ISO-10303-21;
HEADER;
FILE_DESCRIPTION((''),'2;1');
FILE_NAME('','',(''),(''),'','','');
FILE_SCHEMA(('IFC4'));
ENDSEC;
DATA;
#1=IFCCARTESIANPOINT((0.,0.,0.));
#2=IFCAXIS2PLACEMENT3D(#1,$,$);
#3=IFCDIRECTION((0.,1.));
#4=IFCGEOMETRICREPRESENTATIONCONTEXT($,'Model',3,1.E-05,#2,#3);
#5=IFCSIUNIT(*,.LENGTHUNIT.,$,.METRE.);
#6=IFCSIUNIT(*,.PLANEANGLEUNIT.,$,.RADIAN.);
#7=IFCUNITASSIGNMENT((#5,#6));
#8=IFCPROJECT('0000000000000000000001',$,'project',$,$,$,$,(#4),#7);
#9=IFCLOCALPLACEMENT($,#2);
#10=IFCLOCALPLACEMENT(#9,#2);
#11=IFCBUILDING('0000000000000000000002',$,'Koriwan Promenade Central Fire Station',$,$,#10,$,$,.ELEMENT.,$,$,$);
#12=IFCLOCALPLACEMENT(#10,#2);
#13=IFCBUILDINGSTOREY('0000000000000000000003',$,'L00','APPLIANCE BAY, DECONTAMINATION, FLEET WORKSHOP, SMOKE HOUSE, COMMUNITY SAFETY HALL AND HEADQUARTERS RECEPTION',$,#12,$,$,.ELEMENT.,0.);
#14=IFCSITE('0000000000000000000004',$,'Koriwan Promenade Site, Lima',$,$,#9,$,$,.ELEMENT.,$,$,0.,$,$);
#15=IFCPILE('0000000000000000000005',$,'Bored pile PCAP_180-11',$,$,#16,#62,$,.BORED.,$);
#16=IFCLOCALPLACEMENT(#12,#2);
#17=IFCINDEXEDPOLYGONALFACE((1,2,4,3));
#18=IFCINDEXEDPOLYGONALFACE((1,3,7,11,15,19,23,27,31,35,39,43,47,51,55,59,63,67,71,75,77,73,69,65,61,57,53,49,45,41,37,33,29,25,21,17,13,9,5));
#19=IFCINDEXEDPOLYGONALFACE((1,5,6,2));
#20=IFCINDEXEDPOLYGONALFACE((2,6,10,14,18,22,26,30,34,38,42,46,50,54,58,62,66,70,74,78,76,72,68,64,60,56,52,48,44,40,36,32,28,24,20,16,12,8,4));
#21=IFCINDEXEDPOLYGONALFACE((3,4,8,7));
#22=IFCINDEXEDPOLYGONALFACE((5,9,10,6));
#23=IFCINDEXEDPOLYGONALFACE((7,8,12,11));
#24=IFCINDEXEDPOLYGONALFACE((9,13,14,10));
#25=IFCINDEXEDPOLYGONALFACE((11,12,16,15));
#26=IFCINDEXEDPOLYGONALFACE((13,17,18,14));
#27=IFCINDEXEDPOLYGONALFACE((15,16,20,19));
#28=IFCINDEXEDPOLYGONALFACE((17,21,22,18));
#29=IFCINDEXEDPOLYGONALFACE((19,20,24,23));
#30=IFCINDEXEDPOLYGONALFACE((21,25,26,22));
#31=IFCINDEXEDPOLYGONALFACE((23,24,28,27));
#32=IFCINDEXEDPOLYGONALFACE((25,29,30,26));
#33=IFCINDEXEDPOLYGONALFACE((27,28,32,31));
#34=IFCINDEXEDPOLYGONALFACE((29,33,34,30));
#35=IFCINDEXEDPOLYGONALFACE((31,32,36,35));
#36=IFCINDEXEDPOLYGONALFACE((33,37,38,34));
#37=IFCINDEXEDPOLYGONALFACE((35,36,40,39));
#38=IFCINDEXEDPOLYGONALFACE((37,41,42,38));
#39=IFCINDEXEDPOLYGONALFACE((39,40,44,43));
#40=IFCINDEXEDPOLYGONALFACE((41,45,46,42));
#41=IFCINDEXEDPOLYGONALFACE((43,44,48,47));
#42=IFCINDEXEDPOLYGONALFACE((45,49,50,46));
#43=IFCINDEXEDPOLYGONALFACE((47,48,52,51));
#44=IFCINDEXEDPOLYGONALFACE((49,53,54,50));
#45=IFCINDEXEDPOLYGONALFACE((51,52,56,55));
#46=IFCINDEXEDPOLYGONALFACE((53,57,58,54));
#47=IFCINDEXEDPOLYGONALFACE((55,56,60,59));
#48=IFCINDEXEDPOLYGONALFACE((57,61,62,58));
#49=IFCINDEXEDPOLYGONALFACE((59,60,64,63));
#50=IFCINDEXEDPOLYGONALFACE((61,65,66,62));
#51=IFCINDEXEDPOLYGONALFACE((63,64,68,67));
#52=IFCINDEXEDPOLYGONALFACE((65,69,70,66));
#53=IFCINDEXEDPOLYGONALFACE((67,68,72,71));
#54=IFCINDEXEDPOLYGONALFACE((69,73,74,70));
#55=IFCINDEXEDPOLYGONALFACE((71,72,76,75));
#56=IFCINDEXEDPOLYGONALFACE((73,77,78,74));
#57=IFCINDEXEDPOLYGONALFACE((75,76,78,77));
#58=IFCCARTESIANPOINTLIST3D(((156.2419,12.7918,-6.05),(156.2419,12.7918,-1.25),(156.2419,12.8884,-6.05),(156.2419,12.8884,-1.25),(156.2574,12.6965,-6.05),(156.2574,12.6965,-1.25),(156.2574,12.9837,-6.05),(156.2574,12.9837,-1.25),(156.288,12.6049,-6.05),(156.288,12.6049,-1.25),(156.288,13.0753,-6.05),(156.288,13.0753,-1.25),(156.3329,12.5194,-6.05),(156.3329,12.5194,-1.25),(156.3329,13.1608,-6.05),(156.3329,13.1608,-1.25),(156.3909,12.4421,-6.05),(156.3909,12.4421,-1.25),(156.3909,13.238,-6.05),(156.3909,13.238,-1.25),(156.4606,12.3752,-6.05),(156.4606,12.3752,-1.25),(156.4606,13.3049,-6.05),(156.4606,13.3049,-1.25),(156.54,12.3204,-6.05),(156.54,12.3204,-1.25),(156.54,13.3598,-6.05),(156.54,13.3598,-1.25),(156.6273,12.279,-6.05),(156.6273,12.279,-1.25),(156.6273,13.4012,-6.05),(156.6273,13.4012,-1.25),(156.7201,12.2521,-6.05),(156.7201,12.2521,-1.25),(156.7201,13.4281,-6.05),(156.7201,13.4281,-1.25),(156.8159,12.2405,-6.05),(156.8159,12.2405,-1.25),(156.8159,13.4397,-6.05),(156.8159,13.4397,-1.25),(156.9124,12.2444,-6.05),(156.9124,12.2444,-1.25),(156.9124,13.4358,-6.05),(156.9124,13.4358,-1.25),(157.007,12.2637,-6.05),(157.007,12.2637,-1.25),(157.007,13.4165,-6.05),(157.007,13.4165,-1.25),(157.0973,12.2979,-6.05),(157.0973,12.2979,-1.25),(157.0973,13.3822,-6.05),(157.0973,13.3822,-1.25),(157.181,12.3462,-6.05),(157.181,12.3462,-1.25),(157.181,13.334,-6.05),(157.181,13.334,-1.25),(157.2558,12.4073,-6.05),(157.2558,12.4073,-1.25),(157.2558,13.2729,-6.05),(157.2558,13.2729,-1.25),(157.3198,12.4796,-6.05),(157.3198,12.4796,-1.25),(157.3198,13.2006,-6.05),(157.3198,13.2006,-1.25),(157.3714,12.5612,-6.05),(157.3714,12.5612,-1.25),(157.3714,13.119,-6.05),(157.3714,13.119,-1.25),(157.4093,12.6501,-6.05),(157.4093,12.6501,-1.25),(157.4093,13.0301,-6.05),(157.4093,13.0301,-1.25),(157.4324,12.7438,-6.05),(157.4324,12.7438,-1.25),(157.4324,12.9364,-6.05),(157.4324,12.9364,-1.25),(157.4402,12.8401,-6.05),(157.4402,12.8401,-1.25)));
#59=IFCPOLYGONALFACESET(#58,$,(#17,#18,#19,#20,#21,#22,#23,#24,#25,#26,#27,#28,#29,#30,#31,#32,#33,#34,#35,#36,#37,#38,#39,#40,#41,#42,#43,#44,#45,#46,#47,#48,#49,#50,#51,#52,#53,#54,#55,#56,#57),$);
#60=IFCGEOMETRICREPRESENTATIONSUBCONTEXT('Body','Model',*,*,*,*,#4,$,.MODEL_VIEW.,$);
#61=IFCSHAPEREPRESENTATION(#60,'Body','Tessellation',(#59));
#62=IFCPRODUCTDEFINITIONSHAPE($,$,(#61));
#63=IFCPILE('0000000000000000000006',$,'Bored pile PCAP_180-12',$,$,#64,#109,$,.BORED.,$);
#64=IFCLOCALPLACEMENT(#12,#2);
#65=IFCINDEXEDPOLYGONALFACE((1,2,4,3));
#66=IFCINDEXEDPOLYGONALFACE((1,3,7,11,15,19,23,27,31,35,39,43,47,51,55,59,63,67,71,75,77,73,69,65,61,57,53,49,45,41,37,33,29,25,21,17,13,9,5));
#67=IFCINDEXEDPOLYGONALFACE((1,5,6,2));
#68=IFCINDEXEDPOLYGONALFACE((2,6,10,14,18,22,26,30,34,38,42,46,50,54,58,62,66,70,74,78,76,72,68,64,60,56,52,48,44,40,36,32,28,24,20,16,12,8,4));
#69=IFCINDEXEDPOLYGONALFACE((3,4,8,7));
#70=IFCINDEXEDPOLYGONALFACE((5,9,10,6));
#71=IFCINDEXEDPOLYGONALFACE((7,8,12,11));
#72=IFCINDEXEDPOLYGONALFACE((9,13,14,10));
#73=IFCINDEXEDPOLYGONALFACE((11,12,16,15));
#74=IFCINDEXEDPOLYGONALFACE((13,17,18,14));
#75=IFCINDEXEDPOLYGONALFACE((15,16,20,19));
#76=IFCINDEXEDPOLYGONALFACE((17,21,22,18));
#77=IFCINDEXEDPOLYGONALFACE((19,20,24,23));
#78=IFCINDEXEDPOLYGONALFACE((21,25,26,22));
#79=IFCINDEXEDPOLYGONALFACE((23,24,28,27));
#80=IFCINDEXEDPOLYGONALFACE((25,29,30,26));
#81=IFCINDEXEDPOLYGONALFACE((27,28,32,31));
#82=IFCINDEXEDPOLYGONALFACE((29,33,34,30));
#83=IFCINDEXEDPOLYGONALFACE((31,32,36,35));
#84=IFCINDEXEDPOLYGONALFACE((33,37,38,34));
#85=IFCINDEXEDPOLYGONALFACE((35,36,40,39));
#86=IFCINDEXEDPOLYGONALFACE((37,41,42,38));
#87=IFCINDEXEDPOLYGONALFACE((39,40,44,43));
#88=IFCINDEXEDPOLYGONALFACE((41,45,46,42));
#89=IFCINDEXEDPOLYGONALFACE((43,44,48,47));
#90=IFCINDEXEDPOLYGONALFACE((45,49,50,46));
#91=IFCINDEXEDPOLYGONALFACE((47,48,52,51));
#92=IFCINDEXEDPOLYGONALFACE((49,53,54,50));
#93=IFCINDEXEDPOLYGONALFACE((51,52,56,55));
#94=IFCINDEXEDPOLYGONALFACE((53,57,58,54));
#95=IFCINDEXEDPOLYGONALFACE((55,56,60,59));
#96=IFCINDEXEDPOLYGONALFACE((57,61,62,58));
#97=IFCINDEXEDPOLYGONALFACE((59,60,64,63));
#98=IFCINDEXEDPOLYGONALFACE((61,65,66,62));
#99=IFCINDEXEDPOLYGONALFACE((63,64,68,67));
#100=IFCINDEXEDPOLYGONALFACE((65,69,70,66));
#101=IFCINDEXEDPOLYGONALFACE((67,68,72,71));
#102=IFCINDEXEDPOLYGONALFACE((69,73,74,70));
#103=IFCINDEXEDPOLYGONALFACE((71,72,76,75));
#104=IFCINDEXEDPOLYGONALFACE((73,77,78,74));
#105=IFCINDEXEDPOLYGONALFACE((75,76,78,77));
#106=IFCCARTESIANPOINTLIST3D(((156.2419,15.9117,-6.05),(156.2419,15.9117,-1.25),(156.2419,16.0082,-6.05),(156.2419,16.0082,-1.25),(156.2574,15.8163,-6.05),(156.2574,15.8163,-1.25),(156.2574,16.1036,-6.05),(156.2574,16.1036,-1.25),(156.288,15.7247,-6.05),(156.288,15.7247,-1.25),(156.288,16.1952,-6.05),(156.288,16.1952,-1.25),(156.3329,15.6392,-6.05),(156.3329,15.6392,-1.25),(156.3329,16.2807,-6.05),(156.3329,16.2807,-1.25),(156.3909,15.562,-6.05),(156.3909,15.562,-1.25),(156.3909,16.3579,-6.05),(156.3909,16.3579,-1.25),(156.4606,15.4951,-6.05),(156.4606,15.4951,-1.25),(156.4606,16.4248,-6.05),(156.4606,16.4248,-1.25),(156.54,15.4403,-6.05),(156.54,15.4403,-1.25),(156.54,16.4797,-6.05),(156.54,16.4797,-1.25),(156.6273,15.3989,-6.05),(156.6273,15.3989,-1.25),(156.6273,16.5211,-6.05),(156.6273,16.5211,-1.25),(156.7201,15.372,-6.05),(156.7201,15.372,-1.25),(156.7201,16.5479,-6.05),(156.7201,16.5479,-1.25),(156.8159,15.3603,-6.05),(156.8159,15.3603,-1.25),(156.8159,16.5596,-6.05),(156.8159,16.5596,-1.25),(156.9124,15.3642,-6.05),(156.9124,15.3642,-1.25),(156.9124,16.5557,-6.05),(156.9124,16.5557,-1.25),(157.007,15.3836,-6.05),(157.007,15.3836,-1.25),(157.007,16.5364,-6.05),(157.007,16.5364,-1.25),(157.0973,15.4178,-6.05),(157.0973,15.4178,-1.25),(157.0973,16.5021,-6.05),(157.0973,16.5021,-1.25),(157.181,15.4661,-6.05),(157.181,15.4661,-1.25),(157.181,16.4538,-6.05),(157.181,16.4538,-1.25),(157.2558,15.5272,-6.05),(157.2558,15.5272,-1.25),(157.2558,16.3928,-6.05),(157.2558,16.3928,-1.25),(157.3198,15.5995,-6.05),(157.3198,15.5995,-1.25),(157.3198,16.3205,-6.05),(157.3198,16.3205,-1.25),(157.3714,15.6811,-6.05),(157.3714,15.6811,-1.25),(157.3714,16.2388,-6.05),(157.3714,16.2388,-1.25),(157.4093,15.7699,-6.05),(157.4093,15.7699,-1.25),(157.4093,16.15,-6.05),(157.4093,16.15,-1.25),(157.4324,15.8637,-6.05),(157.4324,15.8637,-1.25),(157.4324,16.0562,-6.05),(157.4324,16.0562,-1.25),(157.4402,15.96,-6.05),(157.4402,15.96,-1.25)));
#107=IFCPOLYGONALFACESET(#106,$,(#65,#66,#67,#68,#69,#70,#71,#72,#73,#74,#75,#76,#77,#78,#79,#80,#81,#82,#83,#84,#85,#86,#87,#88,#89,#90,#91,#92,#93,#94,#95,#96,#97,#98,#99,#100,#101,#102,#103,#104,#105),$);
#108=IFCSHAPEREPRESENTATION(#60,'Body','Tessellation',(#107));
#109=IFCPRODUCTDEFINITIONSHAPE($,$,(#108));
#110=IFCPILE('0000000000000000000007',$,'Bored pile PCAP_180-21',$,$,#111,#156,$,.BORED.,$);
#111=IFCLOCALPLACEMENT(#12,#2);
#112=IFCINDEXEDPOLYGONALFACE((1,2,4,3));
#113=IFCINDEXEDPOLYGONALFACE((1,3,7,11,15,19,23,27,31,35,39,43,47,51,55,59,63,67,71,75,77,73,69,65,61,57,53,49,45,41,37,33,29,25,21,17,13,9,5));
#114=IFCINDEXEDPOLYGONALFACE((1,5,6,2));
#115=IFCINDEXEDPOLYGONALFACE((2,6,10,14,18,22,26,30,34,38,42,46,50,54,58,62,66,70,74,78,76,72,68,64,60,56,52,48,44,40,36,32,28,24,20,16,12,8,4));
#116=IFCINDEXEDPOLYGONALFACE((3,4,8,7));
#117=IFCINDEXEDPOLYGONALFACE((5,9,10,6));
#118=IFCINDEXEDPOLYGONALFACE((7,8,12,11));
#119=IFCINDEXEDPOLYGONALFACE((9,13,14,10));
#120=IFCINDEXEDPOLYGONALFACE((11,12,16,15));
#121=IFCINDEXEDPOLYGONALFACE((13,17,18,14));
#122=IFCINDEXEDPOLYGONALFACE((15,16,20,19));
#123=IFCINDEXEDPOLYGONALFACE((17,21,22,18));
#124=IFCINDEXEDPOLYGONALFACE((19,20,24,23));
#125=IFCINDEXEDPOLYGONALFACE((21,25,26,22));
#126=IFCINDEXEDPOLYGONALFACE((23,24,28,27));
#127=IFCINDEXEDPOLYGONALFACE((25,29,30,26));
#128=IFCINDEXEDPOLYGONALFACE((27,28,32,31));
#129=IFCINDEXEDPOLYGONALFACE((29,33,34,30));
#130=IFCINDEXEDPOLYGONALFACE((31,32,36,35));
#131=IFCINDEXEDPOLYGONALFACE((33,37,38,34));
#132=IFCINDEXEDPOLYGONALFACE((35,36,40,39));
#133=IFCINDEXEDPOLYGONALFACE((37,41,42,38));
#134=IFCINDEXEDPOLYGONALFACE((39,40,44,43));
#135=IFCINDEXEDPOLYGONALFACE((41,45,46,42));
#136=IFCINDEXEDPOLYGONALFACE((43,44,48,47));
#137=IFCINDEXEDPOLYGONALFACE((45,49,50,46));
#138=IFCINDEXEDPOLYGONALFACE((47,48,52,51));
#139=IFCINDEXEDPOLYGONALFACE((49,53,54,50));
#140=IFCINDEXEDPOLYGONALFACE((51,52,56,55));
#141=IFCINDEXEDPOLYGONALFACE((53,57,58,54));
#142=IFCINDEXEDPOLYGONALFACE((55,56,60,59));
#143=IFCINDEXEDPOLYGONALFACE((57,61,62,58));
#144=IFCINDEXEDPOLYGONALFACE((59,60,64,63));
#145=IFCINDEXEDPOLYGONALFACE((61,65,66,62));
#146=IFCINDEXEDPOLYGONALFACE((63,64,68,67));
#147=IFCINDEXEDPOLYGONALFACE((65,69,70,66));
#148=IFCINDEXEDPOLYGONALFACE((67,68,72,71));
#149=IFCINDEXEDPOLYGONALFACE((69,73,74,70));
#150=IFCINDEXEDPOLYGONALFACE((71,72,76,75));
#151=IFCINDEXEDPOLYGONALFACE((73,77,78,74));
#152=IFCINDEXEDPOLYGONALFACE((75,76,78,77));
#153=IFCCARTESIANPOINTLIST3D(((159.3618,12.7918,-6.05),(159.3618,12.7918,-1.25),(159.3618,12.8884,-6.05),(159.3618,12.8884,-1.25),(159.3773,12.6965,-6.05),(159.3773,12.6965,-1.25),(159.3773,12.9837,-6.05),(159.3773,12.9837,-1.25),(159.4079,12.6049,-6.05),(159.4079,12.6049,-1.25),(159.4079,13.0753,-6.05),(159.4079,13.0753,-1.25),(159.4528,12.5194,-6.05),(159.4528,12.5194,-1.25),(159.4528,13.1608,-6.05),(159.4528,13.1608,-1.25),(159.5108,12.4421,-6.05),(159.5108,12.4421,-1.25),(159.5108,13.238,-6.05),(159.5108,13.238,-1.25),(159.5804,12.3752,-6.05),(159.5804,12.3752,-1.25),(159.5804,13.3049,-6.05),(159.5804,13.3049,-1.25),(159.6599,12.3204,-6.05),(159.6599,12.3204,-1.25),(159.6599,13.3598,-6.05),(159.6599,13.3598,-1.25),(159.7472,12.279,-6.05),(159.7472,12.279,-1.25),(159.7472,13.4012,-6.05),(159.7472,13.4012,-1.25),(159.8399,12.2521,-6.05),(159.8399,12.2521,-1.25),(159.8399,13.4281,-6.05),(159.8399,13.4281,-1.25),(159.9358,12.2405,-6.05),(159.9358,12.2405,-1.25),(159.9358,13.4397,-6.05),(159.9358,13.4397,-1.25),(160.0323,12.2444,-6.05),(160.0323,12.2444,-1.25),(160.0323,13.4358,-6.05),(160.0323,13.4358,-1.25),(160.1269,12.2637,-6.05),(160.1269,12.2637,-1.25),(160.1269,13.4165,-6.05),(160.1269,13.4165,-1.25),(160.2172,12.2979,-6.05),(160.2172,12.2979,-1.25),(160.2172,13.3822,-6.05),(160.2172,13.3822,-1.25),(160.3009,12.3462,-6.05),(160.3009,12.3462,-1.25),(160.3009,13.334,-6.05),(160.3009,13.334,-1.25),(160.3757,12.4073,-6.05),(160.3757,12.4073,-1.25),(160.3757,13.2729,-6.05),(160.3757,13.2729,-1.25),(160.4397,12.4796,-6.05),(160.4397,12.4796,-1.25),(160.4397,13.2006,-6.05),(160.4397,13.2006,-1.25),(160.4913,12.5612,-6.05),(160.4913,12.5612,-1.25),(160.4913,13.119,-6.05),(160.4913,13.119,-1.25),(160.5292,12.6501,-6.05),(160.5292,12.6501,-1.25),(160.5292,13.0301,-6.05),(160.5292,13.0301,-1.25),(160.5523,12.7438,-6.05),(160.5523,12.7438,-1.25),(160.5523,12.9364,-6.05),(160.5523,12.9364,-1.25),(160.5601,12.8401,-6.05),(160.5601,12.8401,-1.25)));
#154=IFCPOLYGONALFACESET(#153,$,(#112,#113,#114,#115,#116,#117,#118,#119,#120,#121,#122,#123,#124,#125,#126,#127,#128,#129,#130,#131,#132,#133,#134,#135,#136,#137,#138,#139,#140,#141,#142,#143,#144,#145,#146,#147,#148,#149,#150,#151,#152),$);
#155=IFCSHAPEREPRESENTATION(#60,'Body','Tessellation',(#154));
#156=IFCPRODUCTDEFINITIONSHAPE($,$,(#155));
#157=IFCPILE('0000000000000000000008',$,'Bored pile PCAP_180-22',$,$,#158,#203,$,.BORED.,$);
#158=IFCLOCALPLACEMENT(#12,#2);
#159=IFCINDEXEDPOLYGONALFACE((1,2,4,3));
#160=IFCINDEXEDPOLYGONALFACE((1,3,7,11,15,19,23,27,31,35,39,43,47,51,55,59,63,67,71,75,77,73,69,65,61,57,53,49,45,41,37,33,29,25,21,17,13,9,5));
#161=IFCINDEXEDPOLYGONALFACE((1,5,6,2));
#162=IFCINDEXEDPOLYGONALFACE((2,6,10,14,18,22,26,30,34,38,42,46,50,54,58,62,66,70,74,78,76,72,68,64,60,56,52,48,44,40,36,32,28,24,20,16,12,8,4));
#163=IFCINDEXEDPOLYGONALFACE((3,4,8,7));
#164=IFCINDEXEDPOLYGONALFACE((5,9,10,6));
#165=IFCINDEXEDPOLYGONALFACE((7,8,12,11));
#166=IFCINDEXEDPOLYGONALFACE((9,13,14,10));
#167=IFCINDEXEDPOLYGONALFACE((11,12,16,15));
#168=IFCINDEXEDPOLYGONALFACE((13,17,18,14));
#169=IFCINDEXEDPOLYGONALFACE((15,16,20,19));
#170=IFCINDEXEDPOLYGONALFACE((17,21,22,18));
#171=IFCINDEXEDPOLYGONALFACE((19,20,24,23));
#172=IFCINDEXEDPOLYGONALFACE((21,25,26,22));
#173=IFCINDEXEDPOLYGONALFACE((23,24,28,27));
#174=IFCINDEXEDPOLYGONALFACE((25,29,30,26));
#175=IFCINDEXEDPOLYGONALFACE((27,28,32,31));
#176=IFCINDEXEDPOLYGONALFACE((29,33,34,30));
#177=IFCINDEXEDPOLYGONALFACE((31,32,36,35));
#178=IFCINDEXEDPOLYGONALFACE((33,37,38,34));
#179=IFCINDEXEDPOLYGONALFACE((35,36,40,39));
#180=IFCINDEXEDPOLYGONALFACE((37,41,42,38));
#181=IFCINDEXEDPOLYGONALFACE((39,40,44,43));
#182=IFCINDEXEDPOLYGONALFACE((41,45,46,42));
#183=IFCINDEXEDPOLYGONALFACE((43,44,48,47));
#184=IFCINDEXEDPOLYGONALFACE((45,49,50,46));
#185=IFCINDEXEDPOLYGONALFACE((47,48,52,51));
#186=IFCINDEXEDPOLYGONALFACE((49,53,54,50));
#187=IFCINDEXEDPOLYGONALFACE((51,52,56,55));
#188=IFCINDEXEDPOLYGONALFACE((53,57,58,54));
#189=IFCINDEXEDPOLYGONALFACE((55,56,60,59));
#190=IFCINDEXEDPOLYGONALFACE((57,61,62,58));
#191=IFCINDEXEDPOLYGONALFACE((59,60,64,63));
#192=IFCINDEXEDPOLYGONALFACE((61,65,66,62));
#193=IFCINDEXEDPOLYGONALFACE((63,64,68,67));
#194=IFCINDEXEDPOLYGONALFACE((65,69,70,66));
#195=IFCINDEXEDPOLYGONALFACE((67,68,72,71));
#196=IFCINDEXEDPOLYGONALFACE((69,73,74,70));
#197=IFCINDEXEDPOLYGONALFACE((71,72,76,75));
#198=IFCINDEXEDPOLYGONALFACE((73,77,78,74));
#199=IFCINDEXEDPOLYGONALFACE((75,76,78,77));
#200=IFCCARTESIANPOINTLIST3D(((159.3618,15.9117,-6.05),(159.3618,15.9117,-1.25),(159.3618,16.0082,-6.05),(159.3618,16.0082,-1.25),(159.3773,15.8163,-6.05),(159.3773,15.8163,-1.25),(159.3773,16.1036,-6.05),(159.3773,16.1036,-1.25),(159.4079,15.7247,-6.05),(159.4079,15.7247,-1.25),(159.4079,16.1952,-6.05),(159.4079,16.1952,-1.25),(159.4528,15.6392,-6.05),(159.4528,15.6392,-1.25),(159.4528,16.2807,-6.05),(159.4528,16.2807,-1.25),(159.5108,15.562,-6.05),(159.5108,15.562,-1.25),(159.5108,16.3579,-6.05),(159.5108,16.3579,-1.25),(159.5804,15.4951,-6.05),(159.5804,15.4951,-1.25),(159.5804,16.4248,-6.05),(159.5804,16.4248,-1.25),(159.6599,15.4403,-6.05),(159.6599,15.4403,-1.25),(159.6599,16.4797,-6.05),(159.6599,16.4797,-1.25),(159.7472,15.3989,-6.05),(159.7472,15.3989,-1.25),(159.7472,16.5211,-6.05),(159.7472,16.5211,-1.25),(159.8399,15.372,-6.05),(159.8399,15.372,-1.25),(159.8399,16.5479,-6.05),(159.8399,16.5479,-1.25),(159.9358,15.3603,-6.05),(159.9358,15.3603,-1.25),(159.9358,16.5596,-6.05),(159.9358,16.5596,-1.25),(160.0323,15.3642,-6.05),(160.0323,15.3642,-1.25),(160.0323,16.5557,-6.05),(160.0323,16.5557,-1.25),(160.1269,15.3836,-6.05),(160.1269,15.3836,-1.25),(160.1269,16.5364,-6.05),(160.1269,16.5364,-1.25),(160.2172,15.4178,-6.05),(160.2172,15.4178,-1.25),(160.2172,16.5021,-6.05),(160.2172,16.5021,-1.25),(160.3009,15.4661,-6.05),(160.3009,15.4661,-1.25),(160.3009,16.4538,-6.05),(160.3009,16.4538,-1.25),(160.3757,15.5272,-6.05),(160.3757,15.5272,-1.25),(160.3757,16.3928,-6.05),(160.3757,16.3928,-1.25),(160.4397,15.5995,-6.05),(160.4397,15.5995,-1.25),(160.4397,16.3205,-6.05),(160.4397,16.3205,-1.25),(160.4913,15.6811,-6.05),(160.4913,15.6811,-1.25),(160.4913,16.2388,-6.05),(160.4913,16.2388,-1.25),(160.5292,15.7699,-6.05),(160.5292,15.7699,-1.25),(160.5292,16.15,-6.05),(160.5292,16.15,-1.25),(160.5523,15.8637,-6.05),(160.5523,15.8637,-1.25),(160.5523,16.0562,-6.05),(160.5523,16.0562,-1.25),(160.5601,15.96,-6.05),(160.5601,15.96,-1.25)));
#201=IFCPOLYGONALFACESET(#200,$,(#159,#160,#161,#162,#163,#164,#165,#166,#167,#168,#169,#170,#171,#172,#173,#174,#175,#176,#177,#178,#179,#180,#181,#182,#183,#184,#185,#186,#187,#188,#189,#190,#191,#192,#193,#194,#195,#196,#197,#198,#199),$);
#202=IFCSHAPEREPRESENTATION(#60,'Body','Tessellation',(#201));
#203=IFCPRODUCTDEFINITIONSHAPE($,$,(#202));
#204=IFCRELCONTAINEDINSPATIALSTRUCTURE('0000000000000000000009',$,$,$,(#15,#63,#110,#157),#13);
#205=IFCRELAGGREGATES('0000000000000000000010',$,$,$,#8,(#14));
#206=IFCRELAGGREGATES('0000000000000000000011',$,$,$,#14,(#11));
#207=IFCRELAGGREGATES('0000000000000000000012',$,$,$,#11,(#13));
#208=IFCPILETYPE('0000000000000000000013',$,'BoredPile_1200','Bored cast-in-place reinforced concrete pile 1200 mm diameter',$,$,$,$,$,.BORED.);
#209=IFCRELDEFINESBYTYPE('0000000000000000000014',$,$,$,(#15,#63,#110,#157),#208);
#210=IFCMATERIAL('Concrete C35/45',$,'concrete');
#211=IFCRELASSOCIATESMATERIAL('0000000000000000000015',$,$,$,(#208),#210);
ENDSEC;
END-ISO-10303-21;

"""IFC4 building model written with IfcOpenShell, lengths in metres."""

from ifc_helpers import new_model, si_unit, direction, frame, origin, origin_2d, place, context, subcontext, project, spatial, circle, extrude, material, material_profile, profile_set, type_object, element, save


model = new_model("IFC4")

# Units and contexts
model_context = context("Model", 3, precision=1e-05, world=origin(), true_north=direction((0.0, 1.0)))
body_context = subcontext(model_context, "Body", "Model", "MODEL_VIEW")
ifc_project = project(units=[si_unit("LENGTHUNIT", "METRE"), si_unit("PLANEANGLEUNIT", "RADIAN")], contexts=[model_context])

# Site, building, storey
site_placement = place(None, origin())
site = spatial("IfcSite", under=ifc_project, at=site_placement, Name="Koriwan Promenade Site, Lima", CompositionType="ELEMENT", RefElevation=0.0)
building_placement = place(site_placement, origin())
building = spatial("IfcBuilding", under=site, at=building_placement, Name="Koriwan Promenade Central Fire Station", CompositionType="ELEMENT")
storey_placement = place(building_placement, origin())
storey = spatial("IfcBuildingStorey", under=building, at=storey_placement, Name="L00", Description="APPLIANCE BAY, DECONTAMINATION, FLEET WORKSHOP, SMOKE HOUSE, COMMUNITY SAFETY HALL AND HEADQUARTERS RECEPTION", CompositionType="ELEMENT", Elevation=0.0)

# Piles
ifc_material_1 = material(Name="Concrete C35/45", Category="concrete")
ifc_material_profile_1 = material_profile(ifc_material_1, circle(Radius=0.6001, at=origin_2d()), Name="PILE-D1200")
ifc_profile_set_1 = profile_set([ifc_material_profile_1], Name="Concrete C35/45")
pile_type = type_object("IfcPileType", Name="BoredPile_1200", Description="Bored cast-in-place reinforced concrete pile 1200 mm diameter", PredefinedType="BORED", material=ifc_profile_set_1)
for number, where, z_axis, x_axis, name in (
    (1, (156.8401, 12.8401, -1.25), (0.0, 0.0, -1.0), (1.0, 0.0, 0.0), "Bored pile PCAP_180-11"),
    (2, (156.8401, 15.96, -1.25), (0.0, 0.0, -1.0), (1.0, 0.0, 0.0), "Bored pile PCAP_180-12"),
    (3, (159.96, 12.8401, -1.25), (0.0, 0.0, -1.0), (1.0, 0.0, 0.0), "Bored pile PCAP_180-21"),
    (4, (159.96, 15.96, -1.25), (0.0, 0.0, -1.0), (1.0, 0.0, 0.0), "Bored pile PCAP_180-22"),
):
    element("IfcPile", number, at=place(storey_placement, frame(where, z_axis=z_axis, x_axis=x_axis)), inside=storey, type_object=pile_type, Name=name, PredefinedType="BORED", context=body_context, shape_type="SweptSolid", body=[
        extrude(circle(Radius=0.6001, at=origin_2d()), origin(), (0.0, 0.0, 1.0), 4.8),
    ])

save(model, "model.ifc")
